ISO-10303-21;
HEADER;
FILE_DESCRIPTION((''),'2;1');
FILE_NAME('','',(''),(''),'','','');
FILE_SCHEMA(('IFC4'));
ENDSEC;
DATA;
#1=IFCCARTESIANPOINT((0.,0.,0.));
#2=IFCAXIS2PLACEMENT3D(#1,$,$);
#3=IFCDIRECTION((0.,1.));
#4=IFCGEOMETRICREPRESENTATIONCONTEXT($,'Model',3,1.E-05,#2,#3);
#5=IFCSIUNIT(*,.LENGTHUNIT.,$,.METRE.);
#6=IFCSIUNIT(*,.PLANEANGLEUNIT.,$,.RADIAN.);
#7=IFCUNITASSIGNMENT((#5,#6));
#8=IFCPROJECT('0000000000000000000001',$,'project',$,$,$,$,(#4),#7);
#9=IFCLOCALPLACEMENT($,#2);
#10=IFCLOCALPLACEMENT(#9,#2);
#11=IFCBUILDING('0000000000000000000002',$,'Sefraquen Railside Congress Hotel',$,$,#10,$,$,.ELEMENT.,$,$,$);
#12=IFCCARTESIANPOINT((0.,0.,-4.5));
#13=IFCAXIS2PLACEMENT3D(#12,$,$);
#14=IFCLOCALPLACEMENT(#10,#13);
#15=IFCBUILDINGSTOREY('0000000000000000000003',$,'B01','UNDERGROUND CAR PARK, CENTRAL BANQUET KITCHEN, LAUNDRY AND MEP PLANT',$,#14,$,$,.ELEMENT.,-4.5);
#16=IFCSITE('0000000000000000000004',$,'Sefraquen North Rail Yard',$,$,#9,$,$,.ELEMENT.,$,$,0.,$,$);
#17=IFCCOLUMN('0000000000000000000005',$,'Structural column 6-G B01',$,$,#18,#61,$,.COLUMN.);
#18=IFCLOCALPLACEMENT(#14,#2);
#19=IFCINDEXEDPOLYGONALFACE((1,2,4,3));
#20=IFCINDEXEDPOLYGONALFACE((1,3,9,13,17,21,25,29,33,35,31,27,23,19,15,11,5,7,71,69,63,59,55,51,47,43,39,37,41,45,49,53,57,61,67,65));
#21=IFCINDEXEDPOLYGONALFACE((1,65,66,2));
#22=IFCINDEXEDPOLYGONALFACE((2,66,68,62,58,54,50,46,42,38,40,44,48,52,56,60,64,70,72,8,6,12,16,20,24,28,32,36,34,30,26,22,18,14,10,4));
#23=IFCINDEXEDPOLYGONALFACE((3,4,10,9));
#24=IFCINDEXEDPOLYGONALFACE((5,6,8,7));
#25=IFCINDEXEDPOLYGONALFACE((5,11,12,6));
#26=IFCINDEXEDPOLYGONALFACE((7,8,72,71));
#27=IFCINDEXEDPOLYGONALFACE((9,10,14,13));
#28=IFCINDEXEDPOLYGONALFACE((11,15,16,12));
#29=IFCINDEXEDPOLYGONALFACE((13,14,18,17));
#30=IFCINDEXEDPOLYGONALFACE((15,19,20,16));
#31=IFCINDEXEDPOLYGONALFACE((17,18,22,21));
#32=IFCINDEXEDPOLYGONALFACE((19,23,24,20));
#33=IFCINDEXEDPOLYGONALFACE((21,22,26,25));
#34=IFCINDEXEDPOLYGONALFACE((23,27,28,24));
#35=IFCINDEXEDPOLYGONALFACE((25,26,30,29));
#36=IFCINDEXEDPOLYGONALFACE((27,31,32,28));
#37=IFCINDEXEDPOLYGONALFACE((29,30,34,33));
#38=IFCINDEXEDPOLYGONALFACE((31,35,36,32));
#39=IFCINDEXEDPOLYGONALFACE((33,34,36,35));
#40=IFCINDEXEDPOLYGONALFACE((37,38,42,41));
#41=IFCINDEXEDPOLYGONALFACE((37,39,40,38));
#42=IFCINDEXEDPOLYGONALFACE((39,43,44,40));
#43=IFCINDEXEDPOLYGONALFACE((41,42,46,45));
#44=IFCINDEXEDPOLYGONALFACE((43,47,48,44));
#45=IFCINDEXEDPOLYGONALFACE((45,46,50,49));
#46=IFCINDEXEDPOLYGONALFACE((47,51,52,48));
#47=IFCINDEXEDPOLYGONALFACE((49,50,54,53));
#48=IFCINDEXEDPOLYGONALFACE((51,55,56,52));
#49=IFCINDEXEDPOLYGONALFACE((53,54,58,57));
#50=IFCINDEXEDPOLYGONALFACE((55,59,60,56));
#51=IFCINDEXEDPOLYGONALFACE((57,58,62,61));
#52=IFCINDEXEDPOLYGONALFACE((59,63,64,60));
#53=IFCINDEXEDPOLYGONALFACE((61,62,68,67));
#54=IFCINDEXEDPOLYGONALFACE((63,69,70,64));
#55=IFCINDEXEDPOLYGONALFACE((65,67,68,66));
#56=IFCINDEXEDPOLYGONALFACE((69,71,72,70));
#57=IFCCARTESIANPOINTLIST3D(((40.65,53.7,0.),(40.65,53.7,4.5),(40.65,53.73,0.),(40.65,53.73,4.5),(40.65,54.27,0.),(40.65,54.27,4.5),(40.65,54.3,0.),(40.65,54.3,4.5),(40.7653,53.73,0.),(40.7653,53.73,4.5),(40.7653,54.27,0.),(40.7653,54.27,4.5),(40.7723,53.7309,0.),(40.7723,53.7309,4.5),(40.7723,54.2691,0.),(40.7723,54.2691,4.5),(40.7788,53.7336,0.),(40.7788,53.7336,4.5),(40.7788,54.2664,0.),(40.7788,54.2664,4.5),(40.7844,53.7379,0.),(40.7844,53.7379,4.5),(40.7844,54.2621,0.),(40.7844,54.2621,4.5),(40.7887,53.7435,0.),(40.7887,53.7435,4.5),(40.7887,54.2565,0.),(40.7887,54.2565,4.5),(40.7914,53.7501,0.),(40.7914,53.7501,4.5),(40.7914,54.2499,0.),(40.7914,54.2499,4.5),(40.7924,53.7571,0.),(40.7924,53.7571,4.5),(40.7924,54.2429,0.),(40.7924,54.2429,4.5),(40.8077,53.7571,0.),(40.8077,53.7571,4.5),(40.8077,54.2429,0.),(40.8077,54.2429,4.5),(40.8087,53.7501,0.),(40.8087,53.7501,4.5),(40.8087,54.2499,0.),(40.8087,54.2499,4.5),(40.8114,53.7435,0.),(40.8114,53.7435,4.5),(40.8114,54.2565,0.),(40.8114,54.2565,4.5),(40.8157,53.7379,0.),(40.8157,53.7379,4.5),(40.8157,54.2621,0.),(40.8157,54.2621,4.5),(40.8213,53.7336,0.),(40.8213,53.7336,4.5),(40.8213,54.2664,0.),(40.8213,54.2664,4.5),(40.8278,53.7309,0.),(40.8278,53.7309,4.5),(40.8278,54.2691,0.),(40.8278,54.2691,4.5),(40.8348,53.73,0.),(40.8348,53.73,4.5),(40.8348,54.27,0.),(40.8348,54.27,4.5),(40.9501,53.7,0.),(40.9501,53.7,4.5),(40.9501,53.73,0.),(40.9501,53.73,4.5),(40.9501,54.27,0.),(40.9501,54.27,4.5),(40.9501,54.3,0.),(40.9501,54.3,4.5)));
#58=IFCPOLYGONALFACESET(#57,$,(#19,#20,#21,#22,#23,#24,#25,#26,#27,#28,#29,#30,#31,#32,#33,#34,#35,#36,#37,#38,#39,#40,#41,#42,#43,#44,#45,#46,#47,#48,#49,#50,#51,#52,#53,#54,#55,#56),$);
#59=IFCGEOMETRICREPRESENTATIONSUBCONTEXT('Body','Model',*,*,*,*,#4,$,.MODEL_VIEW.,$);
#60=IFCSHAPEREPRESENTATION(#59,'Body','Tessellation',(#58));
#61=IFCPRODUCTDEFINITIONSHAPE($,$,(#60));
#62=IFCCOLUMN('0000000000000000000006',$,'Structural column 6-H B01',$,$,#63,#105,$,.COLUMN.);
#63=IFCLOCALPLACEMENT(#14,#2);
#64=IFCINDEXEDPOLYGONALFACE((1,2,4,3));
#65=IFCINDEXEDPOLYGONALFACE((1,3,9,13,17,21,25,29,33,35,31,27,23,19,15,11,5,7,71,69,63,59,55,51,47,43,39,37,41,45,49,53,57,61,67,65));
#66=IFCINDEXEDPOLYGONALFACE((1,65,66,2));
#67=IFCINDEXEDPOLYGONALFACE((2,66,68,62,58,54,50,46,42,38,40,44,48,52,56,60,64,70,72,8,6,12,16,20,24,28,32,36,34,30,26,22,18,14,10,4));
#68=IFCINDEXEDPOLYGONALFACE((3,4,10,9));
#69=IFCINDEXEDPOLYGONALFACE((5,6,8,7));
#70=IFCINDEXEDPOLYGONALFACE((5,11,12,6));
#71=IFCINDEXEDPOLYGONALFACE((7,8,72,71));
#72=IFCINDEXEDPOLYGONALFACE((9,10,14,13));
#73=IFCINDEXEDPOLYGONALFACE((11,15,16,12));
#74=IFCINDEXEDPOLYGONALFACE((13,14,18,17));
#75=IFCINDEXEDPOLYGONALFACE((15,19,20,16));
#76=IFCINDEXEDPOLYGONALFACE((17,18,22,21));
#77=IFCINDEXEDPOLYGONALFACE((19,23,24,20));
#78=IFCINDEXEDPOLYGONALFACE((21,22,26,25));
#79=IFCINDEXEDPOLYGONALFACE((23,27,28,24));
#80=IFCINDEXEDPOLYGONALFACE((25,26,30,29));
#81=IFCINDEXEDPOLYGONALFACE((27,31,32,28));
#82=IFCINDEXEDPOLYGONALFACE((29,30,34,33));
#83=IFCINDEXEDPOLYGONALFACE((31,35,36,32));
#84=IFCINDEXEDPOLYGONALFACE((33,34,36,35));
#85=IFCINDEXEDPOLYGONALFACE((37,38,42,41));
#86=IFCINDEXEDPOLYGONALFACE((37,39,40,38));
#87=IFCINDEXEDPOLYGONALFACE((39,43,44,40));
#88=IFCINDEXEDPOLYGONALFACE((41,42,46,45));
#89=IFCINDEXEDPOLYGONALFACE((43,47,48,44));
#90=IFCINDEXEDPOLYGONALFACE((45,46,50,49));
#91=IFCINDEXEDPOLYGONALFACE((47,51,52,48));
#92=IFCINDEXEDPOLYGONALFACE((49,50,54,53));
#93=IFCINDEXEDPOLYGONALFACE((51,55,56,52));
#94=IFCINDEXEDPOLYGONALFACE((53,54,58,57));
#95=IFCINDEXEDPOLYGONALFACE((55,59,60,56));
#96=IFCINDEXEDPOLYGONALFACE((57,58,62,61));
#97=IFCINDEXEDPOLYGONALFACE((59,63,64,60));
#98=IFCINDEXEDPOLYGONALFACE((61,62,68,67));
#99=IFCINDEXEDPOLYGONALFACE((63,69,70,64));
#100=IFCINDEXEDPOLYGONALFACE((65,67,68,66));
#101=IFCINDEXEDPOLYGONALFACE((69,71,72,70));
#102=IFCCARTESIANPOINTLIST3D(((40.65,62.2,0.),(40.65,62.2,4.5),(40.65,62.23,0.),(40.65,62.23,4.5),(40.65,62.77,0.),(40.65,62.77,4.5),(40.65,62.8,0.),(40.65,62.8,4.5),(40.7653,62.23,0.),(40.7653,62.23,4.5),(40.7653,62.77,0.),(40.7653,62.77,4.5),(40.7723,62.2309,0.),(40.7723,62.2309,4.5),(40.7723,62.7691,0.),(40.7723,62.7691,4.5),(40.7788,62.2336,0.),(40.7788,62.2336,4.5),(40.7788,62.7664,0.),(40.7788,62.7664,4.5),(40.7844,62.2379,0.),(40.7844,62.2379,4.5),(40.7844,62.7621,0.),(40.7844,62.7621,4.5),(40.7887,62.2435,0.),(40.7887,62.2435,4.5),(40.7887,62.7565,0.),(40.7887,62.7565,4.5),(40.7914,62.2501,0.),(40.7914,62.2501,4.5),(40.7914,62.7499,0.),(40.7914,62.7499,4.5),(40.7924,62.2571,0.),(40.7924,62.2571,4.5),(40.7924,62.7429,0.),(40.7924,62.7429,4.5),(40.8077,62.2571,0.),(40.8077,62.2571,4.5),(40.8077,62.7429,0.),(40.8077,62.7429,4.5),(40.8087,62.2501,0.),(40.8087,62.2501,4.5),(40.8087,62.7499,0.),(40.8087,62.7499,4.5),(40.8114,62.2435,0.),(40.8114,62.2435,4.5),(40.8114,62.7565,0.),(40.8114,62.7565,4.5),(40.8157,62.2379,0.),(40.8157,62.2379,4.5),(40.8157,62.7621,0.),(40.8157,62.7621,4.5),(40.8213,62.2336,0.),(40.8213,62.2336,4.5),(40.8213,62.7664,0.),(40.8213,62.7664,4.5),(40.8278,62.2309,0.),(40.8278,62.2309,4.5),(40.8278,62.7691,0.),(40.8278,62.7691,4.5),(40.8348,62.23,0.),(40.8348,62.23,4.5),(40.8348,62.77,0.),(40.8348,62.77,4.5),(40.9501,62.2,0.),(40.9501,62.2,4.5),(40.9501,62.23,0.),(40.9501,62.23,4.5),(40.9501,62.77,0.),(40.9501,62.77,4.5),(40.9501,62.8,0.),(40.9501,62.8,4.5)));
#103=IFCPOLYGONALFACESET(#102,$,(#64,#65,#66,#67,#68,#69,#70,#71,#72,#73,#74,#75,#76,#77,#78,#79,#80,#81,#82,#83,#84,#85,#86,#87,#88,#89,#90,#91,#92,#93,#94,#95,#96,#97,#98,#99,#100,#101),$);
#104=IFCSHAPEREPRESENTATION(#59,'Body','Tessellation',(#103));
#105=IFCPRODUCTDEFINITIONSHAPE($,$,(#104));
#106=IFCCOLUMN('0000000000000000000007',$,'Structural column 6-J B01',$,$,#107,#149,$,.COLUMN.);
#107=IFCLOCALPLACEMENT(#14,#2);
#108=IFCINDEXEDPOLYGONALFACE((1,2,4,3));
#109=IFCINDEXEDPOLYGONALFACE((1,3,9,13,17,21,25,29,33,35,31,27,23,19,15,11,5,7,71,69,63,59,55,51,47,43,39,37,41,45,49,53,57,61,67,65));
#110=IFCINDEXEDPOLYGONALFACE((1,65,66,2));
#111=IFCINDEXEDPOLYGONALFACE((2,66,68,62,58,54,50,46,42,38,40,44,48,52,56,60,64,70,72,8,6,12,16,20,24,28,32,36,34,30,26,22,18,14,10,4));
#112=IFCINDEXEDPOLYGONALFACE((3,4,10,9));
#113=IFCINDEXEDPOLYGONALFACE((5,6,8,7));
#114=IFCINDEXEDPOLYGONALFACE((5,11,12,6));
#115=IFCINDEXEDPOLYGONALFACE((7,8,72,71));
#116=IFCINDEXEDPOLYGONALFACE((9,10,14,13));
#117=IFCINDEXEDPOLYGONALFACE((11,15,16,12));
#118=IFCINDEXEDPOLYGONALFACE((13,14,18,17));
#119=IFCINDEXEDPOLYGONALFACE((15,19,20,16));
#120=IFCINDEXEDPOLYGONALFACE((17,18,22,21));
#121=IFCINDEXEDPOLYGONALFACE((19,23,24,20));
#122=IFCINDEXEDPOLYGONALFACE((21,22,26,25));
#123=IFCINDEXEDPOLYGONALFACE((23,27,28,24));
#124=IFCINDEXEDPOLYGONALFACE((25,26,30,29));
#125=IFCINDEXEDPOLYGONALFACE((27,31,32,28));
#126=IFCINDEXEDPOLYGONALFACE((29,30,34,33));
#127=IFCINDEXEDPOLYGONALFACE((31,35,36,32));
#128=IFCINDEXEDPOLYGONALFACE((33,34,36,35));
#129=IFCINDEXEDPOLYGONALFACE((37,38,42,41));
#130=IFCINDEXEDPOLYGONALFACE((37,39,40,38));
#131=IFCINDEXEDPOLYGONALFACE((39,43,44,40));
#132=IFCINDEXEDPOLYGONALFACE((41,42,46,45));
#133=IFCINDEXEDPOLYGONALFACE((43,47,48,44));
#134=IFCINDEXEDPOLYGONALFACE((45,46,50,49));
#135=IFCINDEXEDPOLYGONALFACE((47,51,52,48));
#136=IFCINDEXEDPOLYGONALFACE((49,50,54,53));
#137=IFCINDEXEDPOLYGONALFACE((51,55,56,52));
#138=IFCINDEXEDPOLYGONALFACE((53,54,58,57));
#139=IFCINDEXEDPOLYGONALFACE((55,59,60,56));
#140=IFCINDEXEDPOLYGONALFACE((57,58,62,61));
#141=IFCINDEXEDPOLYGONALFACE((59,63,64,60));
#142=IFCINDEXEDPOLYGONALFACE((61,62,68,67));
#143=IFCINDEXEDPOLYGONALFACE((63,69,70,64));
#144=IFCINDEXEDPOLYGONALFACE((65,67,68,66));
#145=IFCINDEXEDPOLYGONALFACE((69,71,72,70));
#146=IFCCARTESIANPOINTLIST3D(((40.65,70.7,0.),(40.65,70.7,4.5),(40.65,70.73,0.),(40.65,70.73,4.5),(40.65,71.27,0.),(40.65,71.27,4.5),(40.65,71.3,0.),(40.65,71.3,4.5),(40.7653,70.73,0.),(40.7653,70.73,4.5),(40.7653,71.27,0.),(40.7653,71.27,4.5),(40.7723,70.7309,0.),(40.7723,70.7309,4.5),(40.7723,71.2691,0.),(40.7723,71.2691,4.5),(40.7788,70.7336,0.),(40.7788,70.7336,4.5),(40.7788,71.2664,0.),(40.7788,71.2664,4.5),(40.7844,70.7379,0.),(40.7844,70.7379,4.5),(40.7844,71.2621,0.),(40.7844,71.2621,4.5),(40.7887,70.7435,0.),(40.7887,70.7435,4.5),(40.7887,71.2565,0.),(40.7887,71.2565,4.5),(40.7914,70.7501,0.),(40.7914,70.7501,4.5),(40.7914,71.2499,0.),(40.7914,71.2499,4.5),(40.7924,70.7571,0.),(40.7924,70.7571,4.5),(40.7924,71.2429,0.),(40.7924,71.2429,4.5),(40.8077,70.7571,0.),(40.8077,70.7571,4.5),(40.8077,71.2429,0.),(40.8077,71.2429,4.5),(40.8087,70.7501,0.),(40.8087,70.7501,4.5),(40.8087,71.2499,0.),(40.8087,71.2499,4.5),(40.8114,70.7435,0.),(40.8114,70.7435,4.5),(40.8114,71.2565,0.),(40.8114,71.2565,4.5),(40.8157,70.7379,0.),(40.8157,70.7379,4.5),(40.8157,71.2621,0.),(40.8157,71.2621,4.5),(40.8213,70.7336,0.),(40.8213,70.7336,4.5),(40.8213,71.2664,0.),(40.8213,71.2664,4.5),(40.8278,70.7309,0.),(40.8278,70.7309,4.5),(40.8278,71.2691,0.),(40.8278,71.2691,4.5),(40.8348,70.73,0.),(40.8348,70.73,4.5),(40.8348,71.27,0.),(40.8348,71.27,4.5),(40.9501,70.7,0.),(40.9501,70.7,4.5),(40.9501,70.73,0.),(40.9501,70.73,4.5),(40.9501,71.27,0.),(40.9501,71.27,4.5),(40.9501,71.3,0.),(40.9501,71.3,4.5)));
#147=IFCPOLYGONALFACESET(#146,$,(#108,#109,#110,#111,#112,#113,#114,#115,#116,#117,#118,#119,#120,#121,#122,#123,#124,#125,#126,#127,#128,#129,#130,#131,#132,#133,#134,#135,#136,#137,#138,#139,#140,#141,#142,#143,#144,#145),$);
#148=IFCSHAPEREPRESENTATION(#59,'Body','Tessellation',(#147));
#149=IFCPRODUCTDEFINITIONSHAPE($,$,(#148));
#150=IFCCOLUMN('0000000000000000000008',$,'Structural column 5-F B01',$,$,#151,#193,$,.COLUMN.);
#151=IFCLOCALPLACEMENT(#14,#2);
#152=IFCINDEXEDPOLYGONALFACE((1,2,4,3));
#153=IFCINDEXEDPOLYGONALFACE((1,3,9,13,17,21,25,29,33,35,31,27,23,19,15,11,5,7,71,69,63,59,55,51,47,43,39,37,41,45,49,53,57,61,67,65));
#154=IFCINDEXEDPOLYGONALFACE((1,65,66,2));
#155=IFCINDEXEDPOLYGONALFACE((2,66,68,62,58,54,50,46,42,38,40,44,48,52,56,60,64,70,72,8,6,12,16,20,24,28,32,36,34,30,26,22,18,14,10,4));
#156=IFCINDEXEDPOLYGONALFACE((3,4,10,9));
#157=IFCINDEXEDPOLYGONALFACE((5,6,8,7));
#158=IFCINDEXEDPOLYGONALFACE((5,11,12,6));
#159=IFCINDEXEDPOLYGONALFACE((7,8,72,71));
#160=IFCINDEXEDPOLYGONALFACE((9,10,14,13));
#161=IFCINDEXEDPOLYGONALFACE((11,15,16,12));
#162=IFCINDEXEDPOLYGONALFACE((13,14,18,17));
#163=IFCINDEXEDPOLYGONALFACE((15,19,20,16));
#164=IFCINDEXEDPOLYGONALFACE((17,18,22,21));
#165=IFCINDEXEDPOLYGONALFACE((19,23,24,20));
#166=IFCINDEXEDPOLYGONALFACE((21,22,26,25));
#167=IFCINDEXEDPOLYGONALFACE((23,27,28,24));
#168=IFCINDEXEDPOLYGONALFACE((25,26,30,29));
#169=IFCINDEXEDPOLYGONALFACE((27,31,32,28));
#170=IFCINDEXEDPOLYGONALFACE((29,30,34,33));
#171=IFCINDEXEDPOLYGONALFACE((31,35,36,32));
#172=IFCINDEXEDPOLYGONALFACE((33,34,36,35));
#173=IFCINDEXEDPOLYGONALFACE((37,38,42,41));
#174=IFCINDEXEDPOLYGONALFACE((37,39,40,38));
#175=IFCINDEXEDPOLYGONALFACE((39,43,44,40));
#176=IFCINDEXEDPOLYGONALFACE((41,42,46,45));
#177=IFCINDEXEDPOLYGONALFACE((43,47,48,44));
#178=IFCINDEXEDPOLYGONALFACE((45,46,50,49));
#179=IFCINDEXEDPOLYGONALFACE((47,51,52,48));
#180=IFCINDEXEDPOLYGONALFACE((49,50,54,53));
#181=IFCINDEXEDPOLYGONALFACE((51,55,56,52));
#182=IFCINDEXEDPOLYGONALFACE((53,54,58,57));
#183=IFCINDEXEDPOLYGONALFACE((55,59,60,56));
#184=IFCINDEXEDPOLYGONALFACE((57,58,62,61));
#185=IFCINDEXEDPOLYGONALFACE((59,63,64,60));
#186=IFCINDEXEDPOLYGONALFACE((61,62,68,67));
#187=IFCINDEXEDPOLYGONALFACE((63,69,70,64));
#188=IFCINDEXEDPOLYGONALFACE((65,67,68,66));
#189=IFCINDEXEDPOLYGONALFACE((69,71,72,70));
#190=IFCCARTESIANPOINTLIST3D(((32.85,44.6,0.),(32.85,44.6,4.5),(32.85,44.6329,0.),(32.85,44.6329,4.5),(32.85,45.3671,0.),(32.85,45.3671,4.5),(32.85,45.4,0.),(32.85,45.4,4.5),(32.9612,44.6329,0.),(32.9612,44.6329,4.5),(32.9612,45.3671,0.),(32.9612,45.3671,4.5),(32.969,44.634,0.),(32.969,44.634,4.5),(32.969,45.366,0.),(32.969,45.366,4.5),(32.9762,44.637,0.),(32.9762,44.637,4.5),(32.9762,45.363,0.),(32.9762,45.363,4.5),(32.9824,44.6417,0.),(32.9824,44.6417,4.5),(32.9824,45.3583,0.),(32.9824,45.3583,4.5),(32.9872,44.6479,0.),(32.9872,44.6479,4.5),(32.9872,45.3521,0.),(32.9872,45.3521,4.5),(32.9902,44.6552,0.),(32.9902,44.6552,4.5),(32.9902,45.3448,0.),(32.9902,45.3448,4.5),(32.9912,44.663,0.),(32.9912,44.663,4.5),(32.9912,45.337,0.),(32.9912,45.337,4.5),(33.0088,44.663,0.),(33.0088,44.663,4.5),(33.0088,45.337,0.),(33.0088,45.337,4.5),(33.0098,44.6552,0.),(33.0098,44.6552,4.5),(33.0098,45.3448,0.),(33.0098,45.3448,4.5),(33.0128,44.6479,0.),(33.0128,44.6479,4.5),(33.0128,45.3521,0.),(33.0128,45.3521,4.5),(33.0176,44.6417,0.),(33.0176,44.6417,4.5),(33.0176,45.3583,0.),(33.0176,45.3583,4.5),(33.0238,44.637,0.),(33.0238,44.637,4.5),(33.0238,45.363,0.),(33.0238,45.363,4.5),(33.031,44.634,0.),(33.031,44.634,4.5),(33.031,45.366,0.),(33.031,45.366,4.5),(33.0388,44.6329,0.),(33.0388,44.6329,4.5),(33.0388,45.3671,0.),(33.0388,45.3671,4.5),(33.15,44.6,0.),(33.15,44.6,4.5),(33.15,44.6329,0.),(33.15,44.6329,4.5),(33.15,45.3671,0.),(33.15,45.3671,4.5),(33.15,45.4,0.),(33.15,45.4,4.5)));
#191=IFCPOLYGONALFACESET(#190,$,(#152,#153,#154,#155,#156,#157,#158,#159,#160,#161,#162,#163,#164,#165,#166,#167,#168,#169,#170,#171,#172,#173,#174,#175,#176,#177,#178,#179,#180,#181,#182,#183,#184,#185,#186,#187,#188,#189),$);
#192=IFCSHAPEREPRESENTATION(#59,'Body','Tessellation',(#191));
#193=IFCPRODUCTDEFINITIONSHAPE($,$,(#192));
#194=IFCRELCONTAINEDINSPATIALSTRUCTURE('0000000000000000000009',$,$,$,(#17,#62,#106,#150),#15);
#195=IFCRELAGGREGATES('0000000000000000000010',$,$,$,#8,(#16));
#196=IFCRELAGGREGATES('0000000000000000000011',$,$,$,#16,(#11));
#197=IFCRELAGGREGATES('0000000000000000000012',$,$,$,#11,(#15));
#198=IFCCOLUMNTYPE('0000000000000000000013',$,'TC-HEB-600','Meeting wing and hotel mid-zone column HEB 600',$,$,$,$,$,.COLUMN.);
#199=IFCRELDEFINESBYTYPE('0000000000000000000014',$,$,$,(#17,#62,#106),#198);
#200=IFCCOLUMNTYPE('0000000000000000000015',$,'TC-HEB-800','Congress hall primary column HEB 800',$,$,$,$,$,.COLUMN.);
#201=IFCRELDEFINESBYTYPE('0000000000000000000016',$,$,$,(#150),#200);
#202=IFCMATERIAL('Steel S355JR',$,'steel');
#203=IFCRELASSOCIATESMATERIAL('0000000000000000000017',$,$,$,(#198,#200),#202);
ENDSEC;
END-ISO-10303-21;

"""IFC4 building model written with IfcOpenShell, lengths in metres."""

from ifc_helpers import new_model, si_unit, direction, frame, origin, origin_2d, place, context, subcontext, project, spatial, i_section, extrude, material, material_profile, profile_set, type_object, element, save


model = new_model("IFC4")

# Units and contexts
model_context = context("Model", 3, precision=1e-05, world=origin(), true_north=direction((0.0, 1.0)))
body_context = subcontext(model_context, "Body", "Model", "MODEL_VIEW")
ifc_project = project(units=[si_unit("LENGTHUNIT", "METRE"), si_unit("PLANEANGLEUNIT", "RADIAN")], contexts=[model_context])

# Site, building, storey
site_placement = place(None, origin())
site = spatial("IfcSite", under=ifc_project, at=site_placement, Name="Sefraquen North Rail Yard", CompositionType="ELEMENT", RefElevation=0.0)
building_placement = place(site_placement, origin())
building = spatial("IfcBuilding", under=site, at=building_placement, Name="Sefraquen Railside Congress Hotel", CompositionType="ELEMENT")
storey_placement = place(building_placement, frame((0.0, 0.0, -4.5)))
storey = spatial("IfcBuildingStorey", under=building, at=storey_placement, Name="B01", Description="UNDERGROUND CAR PARK, CENTRAL BANQUET KITCHEN, LAUNDRY AND MEP PLANT", CompositionType="ELEMENT", Elevation=-4.5)

# Columns
ifc_material_1 = material(Name="Steel S355JR", Category="steel")
ifc_material_profile_1 = material_profile(ifc_material_1, i_section(OverallWidth=0.3, OverallDepth=0.6001, WebThickness=0.0154, FlangeThickness=0.03, FilletRadius=0.0271, at=origin_2d()), Name="HEB 600")
ifc_profile_set_1 = profile_set([ifc_material_profile_1], Name="Steel S355JR")
column_type_1 = type_object("IfcColumnType", Name="TC-HEB-600", Description="Meeting wing and hotel mid-zone column HEB 600", PredefinedType="COLUMN", material=ifc_profile_set_1)
for number, where, z_axis, x_axis, name in (
    (1, (40.8, 54.0, 0.0), (0.0, 0.0, 1.0), (1.0, 0.0, 0.0), "Structural column 6-G B01"),
    (2, (40.8, 62.5, 0.0), (0.0, 0.0, 1.0), (1.0, 0.0, 0.0), "Structural column 6-H B01"),
    (3, (40.8, 71.0, 0.0), (0.0, 0.0, 1.0), (1.0, 0.0, 0.0), "Structural column 6-J B01"),
):
    element("IfcColumn", number, at=place(storey_placement, frame(where, z_axis=z_axis, x_axis=x_axis)), inside=storey, type_object=column_type_1, Name=name, PredefinedType="COLUMN", context=body_context, shape_type="SweptSolid", body=[
        extrude(i_section(OverallWidth=0.3, OverallDepth=0.6001, WebThickness=0.0154, FlangeThickness=0.03, FilletRadius=0.0271, at=origin_2d()), origin(), (0.0, 0.0, 1.0), 4.5),
    ])
ifc_material_profile_2 = material_profile(ifc_material_1, i_section(OverallWidth=0.3, OverallDepth=0.8, WebThickness=0.0176, FlangeThickness=0.033, FilletRadius=0.03, at=origin_2d()), Name="HEB 800")
ifc_profile_set_2 = profile_set([ifc_material_profile_2], Name="Steel S355JR")
column_type_2 = type_object("IfcColumnType", Name="TC-HEB-800", Description="Congress hall primary column HEB 800", PredefinedType="COLUMN", material=ifc_profile_set_2)
for number, where, z_axis, x_axis, name in (
    (4, (33.0, 45.0, 0.0), (0.0, 0.0, 1.0), (1.0, 0.0, 0.0), "Structural column 5-F B01"),
):
    element("IfcColumn", number, at=place(storey_placement, frame(where, z_axis=z_axis, x_axis=x_axis)), inside=storey, type_object=column_type_2, Name=name, PredefinedType="COLUMN", context=body_context, shape_type="SweptSolid", body=[
        extrude(i_section(OverallWidth=0.3, OverallDepth=0.8, WebThickness=0.0176, FlangeThickness=0.033, FilletRadius=0.03, at=origin_2d()), origin(), (0.0, 0.0, 1.0), 4.5),
    ])

save(model, "model.ifc")
